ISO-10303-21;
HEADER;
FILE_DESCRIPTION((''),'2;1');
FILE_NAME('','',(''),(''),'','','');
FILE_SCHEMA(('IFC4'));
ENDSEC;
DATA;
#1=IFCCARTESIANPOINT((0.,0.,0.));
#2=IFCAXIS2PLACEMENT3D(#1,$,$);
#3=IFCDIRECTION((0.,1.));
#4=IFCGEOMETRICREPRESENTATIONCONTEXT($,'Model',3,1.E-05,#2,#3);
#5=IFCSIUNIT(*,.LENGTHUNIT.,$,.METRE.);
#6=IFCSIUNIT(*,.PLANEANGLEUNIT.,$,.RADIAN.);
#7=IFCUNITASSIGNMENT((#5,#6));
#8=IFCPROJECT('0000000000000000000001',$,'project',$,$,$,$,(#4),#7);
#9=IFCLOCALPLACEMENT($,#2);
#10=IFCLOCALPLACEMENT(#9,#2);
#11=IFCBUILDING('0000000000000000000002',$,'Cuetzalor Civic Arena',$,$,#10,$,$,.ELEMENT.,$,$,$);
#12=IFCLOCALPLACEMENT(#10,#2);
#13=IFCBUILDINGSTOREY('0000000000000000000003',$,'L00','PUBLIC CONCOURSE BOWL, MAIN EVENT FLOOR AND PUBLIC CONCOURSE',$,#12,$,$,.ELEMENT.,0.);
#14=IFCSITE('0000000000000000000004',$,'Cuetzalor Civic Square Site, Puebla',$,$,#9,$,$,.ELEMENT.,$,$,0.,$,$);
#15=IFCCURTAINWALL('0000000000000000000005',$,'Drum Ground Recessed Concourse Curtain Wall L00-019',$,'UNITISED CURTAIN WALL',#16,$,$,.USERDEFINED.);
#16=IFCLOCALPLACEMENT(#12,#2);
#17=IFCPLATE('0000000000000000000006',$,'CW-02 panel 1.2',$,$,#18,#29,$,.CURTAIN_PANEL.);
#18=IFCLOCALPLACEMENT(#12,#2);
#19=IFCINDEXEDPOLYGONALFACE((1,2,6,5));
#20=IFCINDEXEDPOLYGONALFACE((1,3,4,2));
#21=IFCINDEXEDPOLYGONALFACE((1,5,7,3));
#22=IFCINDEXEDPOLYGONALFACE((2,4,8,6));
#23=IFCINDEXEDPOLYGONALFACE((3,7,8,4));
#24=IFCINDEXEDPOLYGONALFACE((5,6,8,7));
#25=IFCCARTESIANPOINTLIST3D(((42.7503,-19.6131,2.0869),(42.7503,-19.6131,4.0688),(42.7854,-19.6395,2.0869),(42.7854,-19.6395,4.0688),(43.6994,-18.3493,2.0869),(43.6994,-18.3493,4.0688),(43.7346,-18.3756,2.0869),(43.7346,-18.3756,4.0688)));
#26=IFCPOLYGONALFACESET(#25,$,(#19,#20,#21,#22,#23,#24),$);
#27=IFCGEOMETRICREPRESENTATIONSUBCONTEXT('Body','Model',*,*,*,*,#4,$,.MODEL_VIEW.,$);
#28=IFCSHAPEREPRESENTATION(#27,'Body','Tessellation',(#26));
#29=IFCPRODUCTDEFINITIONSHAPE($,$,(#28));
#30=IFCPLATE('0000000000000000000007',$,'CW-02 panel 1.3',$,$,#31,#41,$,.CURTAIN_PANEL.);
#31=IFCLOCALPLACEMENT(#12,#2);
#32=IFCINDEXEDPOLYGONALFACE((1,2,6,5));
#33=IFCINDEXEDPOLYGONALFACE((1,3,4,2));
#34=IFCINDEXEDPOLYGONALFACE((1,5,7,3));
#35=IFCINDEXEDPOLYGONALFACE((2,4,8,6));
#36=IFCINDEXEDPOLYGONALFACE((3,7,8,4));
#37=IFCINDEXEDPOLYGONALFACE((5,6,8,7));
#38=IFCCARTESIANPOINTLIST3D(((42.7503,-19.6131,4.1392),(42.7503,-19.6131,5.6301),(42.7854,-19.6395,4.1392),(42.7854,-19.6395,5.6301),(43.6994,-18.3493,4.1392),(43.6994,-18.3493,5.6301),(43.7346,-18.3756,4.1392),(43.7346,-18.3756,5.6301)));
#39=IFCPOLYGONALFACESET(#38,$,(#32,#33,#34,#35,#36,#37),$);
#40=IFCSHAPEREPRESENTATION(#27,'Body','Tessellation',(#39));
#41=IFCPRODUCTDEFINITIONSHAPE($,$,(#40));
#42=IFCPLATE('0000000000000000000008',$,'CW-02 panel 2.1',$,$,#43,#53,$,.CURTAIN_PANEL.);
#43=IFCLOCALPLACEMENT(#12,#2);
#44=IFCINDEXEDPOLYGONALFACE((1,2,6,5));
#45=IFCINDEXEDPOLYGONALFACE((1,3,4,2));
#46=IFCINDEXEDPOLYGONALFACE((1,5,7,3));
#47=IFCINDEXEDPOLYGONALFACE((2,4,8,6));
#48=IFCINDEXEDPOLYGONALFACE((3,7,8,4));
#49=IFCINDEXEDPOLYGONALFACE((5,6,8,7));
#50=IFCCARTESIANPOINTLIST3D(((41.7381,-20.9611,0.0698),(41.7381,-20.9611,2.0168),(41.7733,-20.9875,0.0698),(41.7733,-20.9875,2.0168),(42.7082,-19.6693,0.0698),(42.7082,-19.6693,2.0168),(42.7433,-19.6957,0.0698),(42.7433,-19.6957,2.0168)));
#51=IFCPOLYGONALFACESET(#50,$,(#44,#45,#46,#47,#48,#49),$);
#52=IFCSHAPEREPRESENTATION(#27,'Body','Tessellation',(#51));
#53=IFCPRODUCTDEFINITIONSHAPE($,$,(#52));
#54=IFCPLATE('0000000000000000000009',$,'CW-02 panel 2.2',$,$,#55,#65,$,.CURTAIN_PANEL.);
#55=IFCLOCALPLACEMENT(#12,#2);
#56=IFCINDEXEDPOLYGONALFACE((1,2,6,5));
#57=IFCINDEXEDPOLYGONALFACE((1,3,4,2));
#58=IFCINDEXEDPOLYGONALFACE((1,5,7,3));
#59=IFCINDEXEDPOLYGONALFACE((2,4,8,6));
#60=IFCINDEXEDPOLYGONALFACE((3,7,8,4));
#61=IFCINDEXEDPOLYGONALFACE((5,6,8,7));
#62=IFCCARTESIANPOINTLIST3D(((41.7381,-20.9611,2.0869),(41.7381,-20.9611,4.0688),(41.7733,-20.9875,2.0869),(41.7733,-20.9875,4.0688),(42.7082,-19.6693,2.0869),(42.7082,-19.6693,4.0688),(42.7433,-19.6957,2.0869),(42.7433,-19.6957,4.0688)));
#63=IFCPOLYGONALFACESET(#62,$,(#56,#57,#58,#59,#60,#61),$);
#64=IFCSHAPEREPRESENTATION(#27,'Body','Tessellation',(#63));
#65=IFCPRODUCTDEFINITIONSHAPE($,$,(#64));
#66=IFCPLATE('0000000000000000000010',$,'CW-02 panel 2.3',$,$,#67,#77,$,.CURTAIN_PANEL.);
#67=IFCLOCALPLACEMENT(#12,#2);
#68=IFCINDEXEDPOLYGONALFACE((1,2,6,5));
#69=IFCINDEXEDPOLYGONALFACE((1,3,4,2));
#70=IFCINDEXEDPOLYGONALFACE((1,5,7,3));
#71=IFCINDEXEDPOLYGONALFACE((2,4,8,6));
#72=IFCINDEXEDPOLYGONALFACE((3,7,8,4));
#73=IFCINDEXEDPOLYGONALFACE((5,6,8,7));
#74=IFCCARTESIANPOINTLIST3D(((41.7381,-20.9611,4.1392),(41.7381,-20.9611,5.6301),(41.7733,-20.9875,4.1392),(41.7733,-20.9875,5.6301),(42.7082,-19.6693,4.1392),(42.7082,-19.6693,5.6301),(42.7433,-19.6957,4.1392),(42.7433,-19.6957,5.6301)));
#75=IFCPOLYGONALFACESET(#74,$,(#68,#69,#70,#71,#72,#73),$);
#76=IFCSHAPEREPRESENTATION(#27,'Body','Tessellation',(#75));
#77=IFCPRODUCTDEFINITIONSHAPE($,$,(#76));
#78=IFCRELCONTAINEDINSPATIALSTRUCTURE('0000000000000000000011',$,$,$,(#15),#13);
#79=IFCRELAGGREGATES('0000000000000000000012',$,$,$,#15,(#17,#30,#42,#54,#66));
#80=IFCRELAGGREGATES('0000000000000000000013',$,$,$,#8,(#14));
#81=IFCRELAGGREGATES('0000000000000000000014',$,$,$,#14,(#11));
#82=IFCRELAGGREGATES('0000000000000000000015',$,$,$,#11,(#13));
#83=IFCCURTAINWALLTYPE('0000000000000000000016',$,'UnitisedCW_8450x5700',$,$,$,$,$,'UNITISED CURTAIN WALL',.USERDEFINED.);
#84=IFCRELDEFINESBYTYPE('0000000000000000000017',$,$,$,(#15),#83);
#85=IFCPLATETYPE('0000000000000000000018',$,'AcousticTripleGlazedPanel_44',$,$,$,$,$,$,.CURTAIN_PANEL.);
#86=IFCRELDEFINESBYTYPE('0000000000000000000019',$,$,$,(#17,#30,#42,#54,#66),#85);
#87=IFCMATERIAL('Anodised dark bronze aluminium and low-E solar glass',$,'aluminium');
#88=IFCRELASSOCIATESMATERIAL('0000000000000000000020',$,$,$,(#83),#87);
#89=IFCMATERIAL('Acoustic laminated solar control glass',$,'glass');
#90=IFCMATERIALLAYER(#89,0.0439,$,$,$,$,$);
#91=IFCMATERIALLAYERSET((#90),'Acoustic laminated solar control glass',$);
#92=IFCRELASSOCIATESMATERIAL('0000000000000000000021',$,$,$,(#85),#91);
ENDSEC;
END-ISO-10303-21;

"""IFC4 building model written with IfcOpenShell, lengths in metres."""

from ifc_helpers import new_model, si_unit, direction, frame, origin, origin_2d, place, context, subcontext, project, spatial, rectangle, extrude, material, layer, layer_set, type_object, element, aggregate, save


model = new_model("IFC4")

# Units and contexts
model_context = context("Model", 3, precision=1e-05, world=origin(), true_north=direction((0.0, 1.0)))
body_context = subcontext(model_context, "Body", "Model", "MODEL_VIEW")
ifc_project = project(units=[si_unit("LENGTHUNIT", "METRE"), si_unit("PLANEANGLEUNIT", "RADIAN")], contexts=[model_context])

# Site, building, storey
site_placement = place(None, origin())
site = spatial("IfcSite", under=ifc_project, at=site_placement, Name="Cuetzalor Civic Square Site, Puebla", CompositionType="ELEMENT", RefElevation=0.0)
building_placement = place(site_placement, origin())
building = spatial("IfcBuilding", under=site, at=building_placement, Name="Cuetzalor Civic Arena", CompositionType="ELEMENT")
storey_placement = place(building_placement, origin())
storey = spatial("IfcBuildingStorey", under=building, at=storey_placement, Name="L00", Description="PUBLIC CONCOURSE BOWL, MAIN EVENT FLOOR AND PUBLIC CONCOURSE", CompositionType="ELEMENT", Elevation=0.0)

# Curtain wall
ifc_material_1 = material(Name="Anodised dark bronze aluminium and low-E solar glass", Category="aluminium")
curtain_wall_type = type_object("IfcCurtainWallType", Name="UnitisedCW_8450x5700", ElementType="UNITISED CURTAIN WALL", PredefinedType="USERDEFINED", material=ifc_material_1)
curtain_wall_placement = place(storey_placement, origin())
curtain_wall = element("IfcCurtainWall", 1, at=curtain_wall_placement, inside=storey, type_object=curtain_wall_type, Name="Drum Ground Recessed Concourse Curtain Wall L00-019", ObjectType="UNITISED CURTAIN WALL", PredefinedType="USERDEFINED")

# Plates
ifc_material_2 = material(Name="Acoustic laminated solar control glass", Category="glass")
ifc_layer = layer(ifc_material_2, 0.0439)
ifc_layer_set = layer_set([ifc_layer], Name="Acoustic laminated solar control glass")
plate_type = type_object("IfcPlateType", Name="AcousticTripleGlazedPanel_44", PredefinedType="CURTAIN_PANEL", material=ifc_layer_set)
plate_1_placement = place(storey_placement, frame((43.2424, -18.9944, 2.0869), z_axis=(0.0, 0.0, 1.0), x_axis=(-0.600492, -0.799631, 0.0)))
plate_1 = element("IfcPlate", 2, at=plate_1_placement, type_object=plate_type, Name="CW-02 panel 1.2", PredefinedType="CURTAIN_PANEL", context=body_context, shape_type="SweptSolid", body=[
    extrude(rectangle(XDim=1.5806, YDim=0.0439, at=origin_2d()), origin(), (0.0, 0.0, 1.0), 1.9819),
])
plate_2_placement = place(storey_placement, frame((43.2424, -18.9944, 4.1392), z_axis=(0.0, 0.0, 1.0), x_axis=(-0.600492, -0.799631, 0.0)))
plate_2 = element("IfcPlate", 3, at=plate_2_placement, type_object=plate_type, Name="CW-02 panel 1.3", PredefinedType="CURTAIN_PANEL", context=body_context, shape_type="SweptSolid", body=[
    extrude(rectangle(XDim=1.5806, YDim=0.0439, at=origin_2d()), origin(), (0.0, 0.0, 1.0), 1.491),
])
plate_3_placement = place(storey_placement, frame((42.2407, -20.3284, 0.0698), z_axis=(0.0, 0.0, 1.0), x_axis=(-0.600492, -0.799631, 0.0)))
plate_3 = element("IfcPlate", 4, at=plate_3_placement, type_object=plate_type, Name="CW-02 panel 2.1", PredefinedType="CURTAIN_PANEL", context=body_context, shape_type="SweptSolid", body=[
    extrude(rectangle(XDim=1.6155, YDim=0.0439, at=origin_2d()), origin(), (0.0, 0.0, 1.0), 1.947),
])
plate_4_placement = place(storey_placement, frame((42.2407, -20.3284, 2.0869), z_axis=(0.0, 0.0, 1.0), x_axis=(-0.600492, -0.799631, 0.0)))
plate_4 = element("IfcPlate", 5, at=plate_4_placement, type_object=plate_type, Name="CW-02 panel 2.2", PredefinedType="CURTAIN_PANEL", context=body_context, shape_type="SweptSolid", body=[
    extrude(rectangle(XDim=1.6155, YDim=0.0439, at=origin_2d()), origin(), (0.0, 0.0, 1.0), 1.9819),
])
plate_5_placement = place(storey_placement, frame((42.2407, -20.3284, 4.1392), z_axis=(0.0, 0.0, 1.0), x_axis=(-0.600492, -0.799631, 0.0)))
plate_5 = element("IfcPlate", 6, at=plate_5_placement, type_object=plate_type, Name="CW-02 panel 2.3", PredefinedType="CURTAIN_PANEL", context=body_context, shape_type="SweptSolid", body=[
    extrude(rectangle(XDim=1.6155, YDim=0.0439, at=origin_2d()), origin(), (0.0, 0.0, 1.0), 1.491),
])
aggregate(curtain_wall, [plate_1, plate_2, plate_3, plate_4, plate_5])

save(model, "model.ifc")
